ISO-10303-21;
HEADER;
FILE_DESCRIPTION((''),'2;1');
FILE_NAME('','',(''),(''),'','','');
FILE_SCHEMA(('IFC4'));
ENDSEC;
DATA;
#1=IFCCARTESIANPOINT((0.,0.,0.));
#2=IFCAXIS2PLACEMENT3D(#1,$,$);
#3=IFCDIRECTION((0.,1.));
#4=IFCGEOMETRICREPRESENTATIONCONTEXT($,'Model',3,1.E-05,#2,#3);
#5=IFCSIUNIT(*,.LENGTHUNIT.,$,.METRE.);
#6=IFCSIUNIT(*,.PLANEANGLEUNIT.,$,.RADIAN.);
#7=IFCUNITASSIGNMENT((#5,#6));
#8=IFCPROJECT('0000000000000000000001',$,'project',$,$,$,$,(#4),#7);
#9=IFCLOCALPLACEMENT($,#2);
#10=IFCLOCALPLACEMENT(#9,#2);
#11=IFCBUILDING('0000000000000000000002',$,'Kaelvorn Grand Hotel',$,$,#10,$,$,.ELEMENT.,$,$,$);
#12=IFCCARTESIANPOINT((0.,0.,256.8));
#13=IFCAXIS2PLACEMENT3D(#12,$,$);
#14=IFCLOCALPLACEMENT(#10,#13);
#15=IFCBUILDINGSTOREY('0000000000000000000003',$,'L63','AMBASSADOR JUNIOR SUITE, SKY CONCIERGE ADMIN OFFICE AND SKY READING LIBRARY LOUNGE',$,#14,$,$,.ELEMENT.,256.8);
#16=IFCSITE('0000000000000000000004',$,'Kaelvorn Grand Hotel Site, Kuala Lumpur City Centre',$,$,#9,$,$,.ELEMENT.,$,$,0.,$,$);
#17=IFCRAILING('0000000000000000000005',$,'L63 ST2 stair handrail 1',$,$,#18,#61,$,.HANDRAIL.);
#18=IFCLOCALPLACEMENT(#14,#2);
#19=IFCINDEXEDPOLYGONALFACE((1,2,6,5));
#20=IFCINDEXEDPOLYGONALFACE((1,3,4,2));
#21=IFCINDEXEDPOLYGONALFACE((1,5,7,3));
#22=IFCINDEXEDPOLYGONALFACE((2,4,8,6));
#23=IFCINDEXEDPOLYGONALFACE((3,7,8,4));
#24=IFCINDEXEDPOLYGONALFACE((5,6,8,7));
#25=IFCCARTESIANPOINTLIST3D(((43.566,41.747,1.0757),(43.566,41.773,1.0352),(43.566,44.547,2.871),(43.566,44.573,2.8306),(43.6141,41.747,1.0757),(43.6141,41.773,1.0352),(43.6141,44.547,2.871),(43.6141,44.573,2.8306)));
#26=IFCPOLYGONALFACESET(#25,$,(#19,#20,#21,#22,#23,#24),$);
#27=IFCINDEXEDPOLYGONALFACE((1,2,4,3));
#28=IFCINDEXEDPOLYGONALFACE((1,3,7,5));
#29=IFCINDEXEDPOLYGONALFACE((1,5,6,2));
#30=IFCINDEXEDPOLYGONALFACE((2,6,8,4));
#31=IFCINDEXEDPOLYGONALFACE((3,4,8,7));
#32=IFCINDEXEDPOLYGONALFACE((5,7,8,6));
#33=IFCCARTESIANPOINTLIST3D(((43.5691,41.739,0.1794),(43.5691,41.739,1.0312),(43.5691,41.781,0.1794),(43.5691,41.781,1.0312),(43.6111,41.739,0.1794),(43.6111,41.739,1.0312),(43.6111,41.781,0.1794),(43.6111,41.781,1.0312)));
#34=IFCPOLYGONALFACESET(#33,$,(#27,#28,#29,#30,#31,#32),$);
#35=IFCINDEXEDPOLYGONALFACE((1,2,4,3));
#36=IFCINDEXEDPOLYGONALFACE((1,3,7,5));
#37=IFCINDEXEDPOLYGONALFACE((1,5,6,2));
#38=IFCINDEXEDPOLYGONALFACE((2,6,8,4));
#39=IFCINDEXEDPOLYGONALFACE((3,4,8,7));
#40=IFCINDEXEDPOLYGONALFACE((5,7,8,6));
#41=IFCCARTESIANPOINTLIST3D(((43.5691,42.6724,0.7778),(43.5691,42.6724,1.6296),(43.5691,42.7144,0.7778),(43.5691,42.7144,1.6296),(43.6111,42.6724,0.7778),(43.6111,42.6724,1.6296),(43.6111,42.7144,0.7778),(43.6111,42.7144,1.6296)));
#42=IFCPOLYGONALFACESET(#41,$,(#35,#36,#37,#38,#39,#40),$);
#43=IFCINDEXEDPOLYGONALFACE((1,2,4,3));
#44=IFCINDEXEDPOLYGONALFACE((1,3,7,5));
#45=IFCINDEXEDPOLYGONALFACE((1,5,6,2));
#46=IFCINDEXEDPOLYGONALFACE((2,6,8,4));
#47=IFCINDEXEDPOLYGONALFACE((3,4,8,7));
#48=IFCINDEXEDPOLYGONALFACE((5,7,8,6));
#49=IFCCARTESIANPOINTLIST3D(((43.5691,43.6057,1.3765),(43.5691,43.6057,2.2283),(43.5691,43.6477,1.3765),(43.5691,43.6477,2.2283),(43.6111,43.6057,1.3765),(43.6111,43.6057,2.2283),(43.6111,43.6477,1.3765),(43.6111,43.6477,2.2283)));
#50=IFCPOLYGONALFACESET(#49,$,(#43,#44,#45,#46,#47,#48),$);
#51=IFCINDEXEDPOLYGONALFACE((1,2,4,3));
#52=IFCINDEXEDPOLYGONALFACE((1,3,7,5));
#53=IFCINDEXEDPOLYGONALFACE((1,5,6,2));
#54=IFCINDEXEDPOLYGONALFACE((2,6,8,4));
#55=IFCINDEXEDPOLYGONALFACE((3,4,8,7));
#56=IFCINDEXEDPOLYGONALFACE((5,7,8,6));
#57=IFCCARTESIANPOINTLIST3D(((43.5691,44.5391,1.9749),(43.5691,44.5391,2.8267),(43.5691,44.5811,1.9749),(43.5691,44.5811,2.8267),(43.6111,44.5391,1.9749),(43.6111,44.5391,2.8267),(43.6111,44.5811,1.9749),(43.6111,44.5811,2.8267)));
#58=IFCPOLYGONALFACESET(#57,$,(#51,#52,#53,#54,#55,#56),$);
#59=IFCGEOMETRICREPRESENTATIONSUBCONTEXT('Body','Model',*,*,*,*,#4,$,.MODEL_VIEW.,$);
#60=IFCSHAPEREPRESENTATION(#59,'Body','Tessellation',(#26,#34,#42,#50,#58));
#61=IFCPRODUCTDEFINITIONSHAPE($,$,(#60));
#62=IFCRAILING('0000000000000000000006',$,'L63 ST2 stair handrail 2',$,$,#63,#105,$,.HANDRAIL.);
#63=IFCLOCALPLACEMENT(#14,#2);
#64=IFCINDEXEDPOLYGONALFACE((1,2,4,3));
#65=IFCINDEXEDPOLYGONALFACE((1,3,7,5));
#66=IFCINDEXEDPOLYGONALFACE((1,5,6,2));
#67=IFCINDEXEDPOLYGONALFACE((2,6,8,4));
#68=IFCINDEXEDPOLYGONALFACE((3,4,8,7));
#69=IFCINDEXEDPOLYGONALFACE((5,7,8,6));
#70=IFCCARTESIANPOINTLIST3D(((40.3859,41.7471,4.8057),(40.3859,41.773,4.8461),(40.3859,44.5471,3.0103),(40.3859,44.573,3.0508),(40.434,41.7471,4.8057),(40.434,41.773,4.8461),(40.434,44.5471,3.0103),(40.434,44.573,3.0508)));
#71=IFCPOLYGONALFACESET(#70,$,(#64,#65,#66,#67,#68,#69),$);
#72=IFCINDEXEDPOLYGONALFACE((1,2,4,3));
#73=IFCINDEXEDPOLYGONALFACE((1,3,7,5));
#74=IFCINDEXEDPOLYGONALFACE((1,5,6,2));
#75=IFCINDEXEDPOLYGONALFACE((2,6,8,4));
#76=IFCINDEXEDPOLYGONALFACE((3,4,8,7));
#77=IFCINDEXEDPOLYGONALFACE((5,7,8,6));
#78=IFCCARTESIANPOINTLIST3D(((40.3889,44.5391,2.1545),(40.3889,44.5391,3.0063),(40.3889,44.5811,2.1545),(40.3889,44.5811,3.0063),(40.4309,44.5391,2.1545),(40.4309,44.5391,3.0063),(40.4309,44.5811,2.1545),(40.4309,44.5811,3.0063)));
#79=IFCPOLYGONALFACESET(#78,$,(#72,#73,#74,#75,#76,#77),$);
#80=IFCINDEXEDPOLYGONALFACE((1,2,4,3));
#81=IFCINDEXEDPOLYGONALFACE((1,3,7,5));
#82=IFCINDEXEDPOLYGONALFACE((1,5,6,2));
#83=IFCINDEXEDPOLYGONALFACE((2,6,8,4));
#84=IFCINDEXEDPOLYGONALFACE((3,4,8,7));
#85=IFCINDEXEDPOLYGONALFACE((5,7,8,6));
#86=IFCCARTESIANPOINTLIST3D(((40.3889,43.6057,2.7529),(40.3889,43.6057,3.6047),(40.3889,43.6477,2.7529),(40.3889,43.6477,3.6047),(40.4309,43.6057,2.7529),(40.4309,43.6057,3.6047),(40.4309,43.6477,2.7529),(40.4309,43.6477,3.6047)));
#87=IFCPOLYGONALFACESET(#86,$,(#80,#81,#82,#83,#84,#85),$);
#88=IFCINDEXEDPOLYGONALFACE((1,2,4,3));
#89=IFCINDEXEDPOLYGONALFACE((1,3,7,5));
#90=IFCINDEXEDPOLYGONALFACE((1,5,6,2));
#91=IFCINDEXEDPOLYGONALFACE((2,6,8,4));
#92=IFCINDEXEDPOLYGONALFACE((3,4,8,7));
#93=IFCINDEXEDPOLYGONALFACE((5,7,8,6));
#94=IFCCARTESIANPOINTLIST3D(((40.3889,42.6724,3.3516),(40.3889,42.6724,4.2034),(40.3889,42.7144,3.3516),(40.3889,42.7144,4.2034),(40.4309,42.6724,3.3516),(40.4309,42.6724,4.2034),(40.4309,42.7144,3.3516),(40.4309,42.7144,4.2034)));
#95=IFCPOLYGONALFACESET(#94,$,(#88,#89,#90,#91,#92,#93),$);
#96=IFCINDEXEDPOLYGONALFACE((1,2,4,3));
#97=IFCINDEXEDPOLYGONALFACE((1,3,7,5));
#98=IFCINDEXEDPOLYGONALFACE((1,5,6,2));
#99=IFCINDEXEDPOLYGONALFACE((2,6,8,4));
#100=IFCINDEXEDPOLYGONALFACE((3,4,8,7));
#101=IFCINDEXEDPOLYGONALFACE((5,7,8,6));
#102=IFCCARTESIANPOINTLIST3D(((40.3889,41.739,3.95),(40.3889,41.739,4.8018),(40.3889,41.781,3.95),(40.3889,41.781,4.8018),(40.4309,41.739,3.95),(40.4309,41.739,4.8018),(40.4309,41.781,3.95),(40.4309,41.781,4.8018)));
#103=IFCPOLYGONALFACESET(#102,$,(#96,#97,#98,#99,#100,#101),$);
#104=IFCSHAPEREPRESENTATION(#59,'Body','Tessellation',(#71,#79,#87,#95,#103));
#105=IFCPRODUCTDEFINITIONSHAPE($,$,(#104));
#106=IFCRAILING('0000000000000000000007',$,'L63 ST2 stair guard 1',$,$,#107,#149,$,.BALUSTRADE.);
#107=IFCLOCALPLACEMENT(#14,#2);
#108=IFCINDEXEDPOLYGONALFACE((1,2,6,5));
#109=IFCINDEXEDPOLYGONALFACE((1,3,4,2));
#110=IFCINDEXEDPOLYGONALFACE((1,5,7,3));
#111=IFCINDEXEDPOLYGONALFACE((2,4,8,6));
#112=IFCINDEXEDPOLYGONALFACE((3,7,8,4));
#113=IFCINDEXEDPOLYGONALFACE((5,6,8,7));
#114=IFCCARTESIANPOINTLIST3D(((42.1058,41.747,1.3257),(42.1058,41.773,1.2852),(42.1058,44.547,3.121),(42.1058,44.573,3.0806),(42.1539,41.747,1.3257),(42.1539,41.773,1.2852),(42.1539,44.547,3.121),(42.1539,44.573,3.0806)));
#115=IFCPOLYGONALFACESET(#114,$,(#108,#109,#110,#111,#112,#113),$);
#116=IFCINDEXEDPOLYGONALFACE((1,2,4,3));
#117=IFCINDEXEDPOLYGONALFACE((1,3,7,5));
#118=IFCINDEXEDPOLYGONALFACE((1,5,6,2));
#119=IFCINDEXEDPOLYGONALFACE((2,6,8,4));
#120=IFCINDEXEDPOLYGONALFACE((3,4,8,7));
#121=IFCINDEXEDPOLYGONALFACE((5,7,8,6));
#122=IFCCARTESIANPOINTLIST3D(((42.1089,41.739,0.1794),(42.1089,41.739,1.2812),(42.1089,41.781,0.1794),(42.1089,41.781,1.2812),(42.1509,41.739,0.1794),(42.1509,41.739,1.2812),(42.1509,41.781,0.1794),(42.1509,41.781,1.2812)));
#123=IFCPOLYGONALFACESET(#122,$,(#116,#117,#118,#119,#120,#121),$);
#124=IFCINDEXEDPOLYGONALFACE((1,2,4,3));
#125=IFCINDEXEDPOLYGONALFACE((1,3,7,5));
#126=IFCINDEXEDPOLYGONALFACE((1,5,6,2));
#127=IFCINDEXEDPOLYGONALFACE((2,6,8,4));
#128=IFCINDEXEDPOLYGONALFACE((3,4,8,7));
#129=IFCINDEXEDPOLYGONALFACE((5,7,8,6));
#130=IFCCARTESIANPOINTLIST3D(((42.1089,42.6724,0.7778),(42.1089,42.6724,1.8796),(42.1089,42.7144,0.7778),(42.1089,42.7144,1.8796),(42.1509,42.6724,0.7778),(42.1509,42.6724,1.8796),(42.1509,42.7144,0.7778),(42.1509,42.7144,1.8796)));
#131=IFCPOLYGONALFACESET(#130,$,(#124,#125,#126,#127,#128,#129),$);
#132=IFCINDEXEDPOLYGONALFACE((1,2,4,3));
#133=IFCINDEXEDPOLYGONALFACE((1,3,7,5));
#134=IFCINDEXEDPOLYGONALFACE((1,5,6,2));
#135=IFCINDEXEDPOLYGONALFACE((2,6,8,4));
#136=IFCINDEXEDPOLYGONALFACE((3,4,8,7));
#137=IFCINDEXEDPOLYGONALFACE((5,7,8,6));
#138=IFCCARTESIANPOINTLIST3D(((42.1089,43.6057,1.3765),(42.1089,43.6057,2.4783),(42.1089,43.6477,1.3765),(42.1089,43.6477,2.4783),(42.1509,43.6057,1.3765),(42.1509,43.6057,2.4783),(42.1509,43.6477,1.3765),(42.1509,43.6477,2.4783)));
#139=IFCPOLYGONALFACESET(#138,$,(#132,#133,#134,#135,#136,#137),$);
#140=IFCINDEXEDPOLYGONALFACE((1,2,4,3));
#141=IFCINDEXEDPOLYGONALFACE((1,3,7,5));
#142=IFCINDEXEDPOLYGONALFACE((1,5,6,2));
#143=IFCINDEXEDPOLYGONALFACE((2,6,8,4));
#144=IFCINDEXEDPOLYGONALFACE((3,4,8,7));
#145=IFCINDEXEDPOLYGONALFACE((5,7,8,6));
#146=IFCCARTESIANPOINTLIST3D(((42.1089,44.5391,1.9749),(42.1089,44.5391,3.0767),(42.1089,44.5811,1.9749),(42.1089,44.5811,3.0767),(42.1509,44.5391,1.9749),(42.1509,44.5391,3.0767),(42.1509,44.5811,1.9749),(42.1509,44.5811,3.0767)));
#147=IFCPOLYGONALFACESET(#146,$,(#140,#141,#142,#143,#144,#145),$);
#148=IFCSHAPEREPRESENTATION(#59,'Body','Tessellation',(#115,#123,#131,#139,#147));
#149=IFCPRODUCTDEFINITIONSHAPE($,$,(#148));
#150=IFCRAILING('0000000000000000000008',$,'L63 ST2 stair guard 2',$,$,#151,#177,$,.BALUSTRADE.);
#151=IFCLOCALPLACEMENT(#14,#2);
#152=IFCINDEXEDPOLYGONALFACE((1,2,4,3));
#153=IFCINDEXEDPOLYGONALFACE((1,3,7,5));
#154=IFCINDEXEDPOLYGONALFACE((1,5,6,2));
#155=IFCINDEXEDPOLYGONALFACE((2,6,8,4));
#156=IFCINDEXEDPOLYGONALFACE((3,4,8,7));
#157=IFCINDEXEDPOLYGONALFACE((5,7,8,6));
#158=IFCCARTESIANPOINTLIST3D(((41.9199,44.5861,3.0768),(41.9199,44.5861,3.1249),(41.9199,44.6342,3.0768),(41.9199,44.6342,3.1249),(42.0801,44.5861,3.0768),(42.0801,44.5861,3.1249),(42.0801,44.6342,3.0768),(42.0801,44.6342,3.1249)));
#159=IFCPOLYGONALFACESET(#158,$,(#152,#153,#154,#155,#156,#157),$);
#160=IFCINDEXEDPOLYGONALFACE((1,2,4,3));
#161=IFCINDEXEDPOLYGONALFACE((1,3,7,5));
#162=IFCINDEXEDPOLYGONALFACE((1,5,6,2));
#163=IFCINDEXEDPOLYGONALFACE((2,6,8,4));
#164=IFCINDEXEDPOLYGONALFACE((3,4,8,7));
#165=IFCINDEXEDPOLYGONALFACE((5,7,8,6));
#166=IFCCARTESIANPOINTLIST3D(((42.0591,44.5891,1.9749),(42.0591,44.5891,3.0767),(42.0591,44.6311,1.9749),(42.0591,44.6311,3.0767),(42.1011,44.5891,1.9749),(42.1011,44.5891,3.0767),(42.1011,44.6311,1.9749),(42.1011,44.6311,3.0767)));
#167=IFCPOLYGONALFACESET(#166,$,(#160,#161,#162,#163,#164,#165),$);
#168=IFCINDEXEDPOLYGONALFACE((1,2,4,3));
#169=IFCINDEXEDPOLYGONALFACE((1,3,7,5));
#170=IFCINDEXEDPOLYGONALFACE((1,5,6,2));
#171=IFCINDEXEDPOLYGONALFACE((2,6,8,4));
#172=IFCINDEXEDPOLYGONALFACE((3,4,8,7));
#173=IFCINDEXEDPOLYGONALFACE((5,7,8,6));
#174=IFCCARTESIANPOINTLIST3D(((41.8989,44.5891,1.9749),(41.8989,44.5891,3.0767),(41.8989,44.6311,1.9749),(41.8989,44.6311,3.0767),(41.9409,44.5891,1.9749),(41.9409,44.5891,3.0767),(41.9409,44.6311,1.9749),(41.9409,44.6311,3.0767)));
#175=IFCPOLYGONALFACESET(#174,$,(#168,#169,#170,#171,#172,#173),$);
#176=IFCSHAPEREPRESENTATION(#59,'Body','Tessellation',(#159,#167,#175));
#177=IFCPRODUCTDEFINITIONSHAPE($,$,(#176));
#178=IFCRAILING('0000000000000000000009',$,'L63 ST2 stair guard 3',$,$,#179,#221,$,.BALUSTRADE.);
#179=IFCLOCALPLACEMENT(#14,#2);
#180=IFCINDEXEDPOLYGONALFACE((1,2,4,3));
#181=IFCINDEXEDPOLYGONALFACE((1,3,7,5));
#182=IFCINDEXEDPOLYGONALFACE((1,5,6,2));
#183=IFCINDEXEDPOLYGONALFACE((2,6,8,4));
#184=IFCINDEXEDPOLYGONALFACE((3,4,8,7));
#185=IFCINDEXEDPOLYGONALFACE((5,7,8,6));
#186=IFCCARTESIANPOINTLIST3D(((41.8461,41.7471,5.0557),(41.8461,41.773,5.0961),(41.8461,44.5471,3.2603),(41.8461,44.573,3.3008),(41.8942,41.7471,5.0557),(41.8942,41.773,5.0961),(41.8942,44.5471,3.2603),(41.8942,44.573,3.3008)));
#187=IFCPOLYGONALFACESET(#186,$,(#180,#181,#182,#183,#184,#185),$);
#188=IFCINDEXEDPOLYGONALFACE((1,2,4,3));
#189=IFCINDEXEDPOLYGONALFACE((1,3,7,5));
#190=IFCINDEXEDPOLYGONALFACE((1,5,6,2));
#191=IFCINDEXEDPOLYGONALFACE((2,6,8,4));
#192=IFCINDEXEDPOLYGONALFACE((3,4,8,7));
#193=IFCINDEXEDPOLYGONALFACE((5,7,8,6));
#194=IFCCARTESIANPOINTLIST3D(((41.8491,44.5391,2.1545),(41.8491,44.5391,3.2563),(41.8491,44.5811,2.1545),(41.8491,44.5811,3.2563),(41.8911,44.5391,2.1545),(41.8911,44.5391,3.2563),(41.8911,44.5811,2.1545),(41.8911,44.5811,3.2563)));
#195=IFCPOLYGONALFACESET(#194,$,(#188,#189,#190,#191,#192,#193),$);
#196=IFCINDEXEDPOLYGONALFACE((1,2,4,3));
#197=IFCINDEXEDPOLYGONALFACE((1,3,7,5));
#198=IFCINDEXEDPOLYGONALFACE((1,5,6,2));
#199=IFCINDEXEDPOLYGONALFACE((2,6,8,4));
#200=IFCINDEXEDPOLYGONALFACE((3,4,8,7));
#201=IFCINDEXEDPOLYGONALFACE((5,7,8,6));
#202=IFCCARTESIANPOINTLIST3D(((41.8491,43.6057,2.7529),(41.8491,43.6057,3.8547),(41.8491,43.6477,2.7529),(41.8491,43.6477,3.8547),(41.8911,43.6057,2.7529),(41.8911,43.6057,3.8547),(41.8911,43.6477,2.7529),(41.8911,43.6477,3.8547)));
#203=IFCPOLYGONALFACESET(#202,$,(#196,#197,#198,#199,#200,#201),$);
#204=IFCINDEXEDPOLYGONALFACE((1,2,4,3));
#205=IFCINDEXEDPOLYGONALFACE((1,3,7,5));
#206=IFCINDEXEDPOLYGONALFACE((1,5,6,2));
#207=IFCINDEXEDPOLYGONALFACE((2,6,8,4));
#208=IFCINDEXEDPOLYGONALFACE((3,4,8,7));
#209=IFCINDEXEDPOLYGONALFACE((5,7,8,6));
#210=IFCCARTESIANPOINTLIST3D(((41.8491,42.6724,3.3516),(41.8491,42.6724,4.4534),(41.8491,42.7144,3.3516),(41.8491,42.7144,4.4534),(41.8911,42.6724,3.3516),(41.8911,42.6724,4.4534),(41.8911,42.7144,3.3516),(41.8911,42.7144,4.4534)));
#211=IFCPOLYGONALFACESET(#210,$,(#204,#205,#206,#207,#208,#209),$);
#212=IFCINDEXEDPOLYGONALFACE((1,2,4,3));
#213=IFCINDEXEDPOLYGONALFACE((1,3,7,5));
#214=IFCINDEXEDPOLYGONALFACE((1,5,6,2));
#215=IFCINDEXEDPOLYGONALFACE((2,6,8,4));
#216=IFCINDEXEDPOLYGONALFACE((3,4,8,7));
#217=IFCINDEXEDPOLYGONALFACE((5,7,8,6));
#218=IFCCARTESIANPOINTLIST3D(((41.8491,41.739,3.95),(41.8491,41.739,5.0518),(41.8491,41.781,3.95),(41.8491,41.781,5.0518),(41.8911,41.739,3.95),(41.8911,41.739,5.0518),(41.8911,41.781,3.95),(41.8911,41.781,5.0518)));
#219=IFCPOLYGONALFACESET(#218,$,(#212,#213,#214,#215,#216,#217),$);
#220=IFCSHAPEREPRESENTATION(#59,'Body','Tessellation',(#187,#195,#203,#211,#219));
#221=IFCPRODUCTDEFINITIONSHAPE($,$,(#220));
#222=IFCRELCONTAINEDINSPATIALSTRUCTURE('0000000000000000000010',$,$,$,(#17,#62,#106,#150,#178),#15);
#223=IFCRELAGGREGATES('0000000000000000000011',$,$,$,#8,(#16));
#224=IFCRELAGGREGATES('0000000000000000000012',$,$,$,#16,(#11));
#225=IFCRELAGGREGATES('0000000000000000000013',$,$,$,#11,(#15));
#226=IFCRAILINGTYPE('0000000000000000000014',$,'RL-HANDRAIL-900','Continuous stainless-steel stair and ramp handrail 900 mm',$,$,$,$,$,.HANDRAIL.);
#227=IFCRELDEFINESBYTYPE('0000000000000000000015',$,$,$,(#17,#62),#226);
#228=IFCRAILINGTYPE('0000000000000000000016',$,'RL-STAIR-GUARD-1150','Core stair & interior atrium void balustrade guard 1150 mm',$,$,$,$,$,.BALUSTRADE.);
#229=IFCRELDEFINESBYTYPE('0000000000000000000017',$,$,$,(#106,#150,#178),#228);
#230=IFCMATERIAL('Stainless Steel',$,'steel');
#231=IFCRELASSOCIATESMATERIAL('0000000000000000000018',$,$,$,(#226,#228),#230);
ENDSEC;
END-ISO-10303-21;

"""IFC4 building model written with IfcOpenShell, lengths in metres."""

from ifc_helpers import new_model, si_unit, direction, frame, origin, origin_2d, place, context, subcontext, project, spatial, rectangle, extrude, material, type_object, element, save


model = new_model("IFC4")

# Units and contexts
model_context = context("Model", 3, precision=1e-05, world=origin(), true_north=direction((0.0, 1.0)))
body_context = subcontext(model_context, "Body", "Model", "MODEL_VIEW")
ifc_project = project(units=[si_unit("LENGTHUNIT", "METRE"), si_unit("PLANEANGLEUNIT", "RADIAN")], contexts=[model_context])

# Site, building, storey
site_placement = place(None, origin())
site = spatial("IfcSite", under=ifc_project, at=site_placement, Name="Kaelvorn Grand Hotel Site, Kuala Lumpur City Centre", CompositionType="ELEMENT", RefElevation=0.0)
building_placement = place(site_placement, origin())
building = spatial("IfcBuilding", under=site, at=building_placement, Name="Kaelvorn Grand Hotel", CompositionType="ELEMENT")
storey_placement = place(building_placement, frame((0.0, 0.0, 256.8)))
storey = spatial("IfcBuildingStorey", under=building, at=storey_placement, Name="L63", Description="AMBASSADOR JUNIOR SUITE, SKY CONCIERGE ADMIN OFFICE AND SKY READING LIBRARY LOUNGE", CompositionType="ELEMENT", Elevation=256.8)

# Railings
ifc_material_1 = material(Name="Stainless Steel", Category="steel")
railing_type_1 = type_object("IfcRailingType", Name="RL-HANDRAIL-900", Description="Continuous stainless-steel stair and ramp handrail 900 mm", PredefinedType="HANDRAIL", material=ifc_material_1)
railing_1_placement = place(storey_placement, frame((43.5901, 41.76, 0.1794)))
element("IfcRailing", 1, at=railing_1_placement, inside=storey, type_object=railing_type_1, Name="L63 ST2 stair handrail 1", PredefinedType="HANDRAIL", context=body_context, shape_type="SweptSolid", body=[
    extrude(rectangle(XDim=0.0481, YDim=0.0481, at=origin_2d()), frame((0.0, 0.0, 0.876), z_axis=(0.0, 0.84181, 0.539774), x_axis=(-1.0, 0.0, 0.0)), (0.0, 0.0, 1.0), 3.3262),
    extrude(rectangle(XDim=0.042, YDim=0.042, at=origin_2d()), origin(), (0.0, 0.0, 1.0), 0.8518),
    extrude(rectangle(XDim=0.042, YDim=0.042, at=origin_2d()), frame((0.0, 0.9333, 0.5984)), (0.0, 0.0, 1.0), 0.8518),
    extrude(rectangle(XDim=0.042, YDim=0.042, at=origin_2d()), frame((0.0, 1.8667, 1.197)), (0.0, 0.0, 1.0), 0.8518),
    extrude(rectangle(XDim=0.042, YDim=0.042, at=origin_2d()), frame((0.0, 2.8, 1.7954)), (0.0, 0.0, 1.0), 0.8518),
])
railing_2_placement = place(storey_placement, frame((40.4099, 44.5601, 2.1545)))
element("IfcRailing", 2, at=railing_2_placement, inside=storey, type_object=railing_type_1, Name="L63 ST2 stair handrail 2", PredefinedType="HANDRAIL", context=body_context, shape_type="SweptSolid", body=[
    extrude(rectangle(XDim=0.0481, YDim=0.0481, at=origin_2d()), frame((0.0, 0.0, 0.876), z_axis=(0.0, -0.84181, 0.539774), x_axis=(1.0, 0.0, 0.0)), (0.0, 0.0, 1.0), 3.3262),
    extrude(rectangle(XDim=0.042, YDim=0.042, at=origin_2d()), origin(), (0.0, 0.0, 1.0), 0.8518),
    extrude(rectangle(XDim=0.042, YDim=0.042, at=origin_2d()), frame((0.0, -0.9333, 0.5984)), (0.0, 0.0, 1.0), 0.8518),
    extrude(rectangle(XDim=0.042, YDim=0.042, at=origin_2d()), frame((0.0, -1.8667, 1.197)), (0.0, 0.0, 1.0), 0.8518),
    extrude(rectangle(XDim=0.042, YDim=0.042, at=origin_2d()), frame((0.0, -2.8, 1.7954)), (0.0, 0.0, 1.0), 0.8518),
])
railing_type_2 = type_object("IfcRailingType", Name="RL-STAIR-GUARD-1150", Description="Core stair & interior atrium void balustrade guard 1150 mm", PredefinedType="BALUSTRADE", material=ifc_material_1)
railing_3_placement = place(storey_placement, frame((42.1299, 41.76, 0.1794)))
element("IfcRailing", 3, at=railing_3_placement, inside=storey, type_object=railing_type_2, Name="L63 ST2 stair guard 1", PredefinedType="BALUSTRADE", context=body_context, shape_type="SweptSolid", body=[
    extrude(rectangle(XDim=0.0481, YDim=0.0481, at=origin_2d()), frame((0.0, 0.0, 1.126), z_axis=(0.0, 0.84181, 0.539774), x_axis=(-1.0, 0.0, 0.0)), (0.0, 0.0, 1.0), 3.3262),
    extrude(rectangle(XDim=0.042, YDim=0.042, at=origin_2d()), origin(), (0.0, 0.0, 1.0), 1.1018),
    extrude(rectangle(XDim=0.042, YDim=0.042, at=origin_2d()), frame((0.0, 0.9333, 0.5984)), (0.0, 0.0, 1.0), 1.1018),
    extrude(rectangle(XDim=0.042, YDim=0.042, at=origin_2d()), frame((0.0, 1.8667, 1.197)), (0.0, 0.0, 1.0), 1.1018),
    extrude(rectangle(XDim=0.042, YDim=0.042, at=origin_2d()), frame((0.0, 2.8, 1.7954)), (0.0, 0.0, 1.0), 1.1018),
])
railing_4_placement = place(storey_placement, frame((42.0801, 44.6101, 1.9749)))
element("IfcRailing", 4, at=railing_4_placement, inside=storey, type_object=railing_type_2, Name="L63 ST2 stair guard 2", PredefinedType="BALUSTRADE", context=body_context, shape_type="SweptSolid", body=[
    extrude(rectangle(XDim=0.0481, YDim=0.0481, at=origin_2d()), frame((0.0, 0.0, 1.126), z_axis=(-1.0, 0.0, 0.0), x_axis=(0.0, -1.0, 0.0)), (0.0, 0.0, 1.0), 0.1602),
    extrude(rectangle(XDim=0.042, YDim=0.042, at=origin_2d()), origin(), (0.0, 0.0, 1.0), 1.1018),
    extrude(rectangle(XDim=0.042, YDim=0.042, at=origin_2d()), frame((-0.1602, 0.0, 0.0)), (0.0, 0.0, 1.0), 1.1018),
])
railing_5_placement = place(storey_placement, frame((41.8701, 44.5601, 2.1545)))
element("IfcRailing", 5, at=railing_5_placement, inside=storey, type_object=railing_type_2, Name="L63 ST2 stair guard 3", PredefinedType="BALUSTRADE", context=body_context, shape_type="SweptSolid", body=[
    extrude(rectangle(XDim=0.0481, YDim=0.0481, at=origin_2d()), frame((0.0, 0.0, 1.126), z_axis=(0.0, -0.84181, 0.539774), x_axis=(1.0, 0.0, 0.0)), (0.0, 0.0, 1.0), 3.3262),
    extrude(rectangle(XDim=0.042, YDim=0.042, at=origin_2d()), origin(), (0.0, 0.0, 1.0), 1.1018),
    extrude(rectangle(XDim=0.042, YDim=0.042, at=origin_2d()), frame((0.0, -0.9333, 0.5984)), (0.0, 0.0, 1.0), 1.1018),
    extrude(rectangle(XDim=0.042, YDim=0.042, at=origin_2d()), frame((0.0, -1.8667, 1.197)), (0.0, 0.0, 1.0), 1.1018),
    extrude(rectangle(XDim=0.042, YDim=0.042, at=origin_2d()), frame((0.0, -2.8, 1.7954)), (0.0, 0.0, 1.0), 1.1018),
])

save(model, "model.ifc")
